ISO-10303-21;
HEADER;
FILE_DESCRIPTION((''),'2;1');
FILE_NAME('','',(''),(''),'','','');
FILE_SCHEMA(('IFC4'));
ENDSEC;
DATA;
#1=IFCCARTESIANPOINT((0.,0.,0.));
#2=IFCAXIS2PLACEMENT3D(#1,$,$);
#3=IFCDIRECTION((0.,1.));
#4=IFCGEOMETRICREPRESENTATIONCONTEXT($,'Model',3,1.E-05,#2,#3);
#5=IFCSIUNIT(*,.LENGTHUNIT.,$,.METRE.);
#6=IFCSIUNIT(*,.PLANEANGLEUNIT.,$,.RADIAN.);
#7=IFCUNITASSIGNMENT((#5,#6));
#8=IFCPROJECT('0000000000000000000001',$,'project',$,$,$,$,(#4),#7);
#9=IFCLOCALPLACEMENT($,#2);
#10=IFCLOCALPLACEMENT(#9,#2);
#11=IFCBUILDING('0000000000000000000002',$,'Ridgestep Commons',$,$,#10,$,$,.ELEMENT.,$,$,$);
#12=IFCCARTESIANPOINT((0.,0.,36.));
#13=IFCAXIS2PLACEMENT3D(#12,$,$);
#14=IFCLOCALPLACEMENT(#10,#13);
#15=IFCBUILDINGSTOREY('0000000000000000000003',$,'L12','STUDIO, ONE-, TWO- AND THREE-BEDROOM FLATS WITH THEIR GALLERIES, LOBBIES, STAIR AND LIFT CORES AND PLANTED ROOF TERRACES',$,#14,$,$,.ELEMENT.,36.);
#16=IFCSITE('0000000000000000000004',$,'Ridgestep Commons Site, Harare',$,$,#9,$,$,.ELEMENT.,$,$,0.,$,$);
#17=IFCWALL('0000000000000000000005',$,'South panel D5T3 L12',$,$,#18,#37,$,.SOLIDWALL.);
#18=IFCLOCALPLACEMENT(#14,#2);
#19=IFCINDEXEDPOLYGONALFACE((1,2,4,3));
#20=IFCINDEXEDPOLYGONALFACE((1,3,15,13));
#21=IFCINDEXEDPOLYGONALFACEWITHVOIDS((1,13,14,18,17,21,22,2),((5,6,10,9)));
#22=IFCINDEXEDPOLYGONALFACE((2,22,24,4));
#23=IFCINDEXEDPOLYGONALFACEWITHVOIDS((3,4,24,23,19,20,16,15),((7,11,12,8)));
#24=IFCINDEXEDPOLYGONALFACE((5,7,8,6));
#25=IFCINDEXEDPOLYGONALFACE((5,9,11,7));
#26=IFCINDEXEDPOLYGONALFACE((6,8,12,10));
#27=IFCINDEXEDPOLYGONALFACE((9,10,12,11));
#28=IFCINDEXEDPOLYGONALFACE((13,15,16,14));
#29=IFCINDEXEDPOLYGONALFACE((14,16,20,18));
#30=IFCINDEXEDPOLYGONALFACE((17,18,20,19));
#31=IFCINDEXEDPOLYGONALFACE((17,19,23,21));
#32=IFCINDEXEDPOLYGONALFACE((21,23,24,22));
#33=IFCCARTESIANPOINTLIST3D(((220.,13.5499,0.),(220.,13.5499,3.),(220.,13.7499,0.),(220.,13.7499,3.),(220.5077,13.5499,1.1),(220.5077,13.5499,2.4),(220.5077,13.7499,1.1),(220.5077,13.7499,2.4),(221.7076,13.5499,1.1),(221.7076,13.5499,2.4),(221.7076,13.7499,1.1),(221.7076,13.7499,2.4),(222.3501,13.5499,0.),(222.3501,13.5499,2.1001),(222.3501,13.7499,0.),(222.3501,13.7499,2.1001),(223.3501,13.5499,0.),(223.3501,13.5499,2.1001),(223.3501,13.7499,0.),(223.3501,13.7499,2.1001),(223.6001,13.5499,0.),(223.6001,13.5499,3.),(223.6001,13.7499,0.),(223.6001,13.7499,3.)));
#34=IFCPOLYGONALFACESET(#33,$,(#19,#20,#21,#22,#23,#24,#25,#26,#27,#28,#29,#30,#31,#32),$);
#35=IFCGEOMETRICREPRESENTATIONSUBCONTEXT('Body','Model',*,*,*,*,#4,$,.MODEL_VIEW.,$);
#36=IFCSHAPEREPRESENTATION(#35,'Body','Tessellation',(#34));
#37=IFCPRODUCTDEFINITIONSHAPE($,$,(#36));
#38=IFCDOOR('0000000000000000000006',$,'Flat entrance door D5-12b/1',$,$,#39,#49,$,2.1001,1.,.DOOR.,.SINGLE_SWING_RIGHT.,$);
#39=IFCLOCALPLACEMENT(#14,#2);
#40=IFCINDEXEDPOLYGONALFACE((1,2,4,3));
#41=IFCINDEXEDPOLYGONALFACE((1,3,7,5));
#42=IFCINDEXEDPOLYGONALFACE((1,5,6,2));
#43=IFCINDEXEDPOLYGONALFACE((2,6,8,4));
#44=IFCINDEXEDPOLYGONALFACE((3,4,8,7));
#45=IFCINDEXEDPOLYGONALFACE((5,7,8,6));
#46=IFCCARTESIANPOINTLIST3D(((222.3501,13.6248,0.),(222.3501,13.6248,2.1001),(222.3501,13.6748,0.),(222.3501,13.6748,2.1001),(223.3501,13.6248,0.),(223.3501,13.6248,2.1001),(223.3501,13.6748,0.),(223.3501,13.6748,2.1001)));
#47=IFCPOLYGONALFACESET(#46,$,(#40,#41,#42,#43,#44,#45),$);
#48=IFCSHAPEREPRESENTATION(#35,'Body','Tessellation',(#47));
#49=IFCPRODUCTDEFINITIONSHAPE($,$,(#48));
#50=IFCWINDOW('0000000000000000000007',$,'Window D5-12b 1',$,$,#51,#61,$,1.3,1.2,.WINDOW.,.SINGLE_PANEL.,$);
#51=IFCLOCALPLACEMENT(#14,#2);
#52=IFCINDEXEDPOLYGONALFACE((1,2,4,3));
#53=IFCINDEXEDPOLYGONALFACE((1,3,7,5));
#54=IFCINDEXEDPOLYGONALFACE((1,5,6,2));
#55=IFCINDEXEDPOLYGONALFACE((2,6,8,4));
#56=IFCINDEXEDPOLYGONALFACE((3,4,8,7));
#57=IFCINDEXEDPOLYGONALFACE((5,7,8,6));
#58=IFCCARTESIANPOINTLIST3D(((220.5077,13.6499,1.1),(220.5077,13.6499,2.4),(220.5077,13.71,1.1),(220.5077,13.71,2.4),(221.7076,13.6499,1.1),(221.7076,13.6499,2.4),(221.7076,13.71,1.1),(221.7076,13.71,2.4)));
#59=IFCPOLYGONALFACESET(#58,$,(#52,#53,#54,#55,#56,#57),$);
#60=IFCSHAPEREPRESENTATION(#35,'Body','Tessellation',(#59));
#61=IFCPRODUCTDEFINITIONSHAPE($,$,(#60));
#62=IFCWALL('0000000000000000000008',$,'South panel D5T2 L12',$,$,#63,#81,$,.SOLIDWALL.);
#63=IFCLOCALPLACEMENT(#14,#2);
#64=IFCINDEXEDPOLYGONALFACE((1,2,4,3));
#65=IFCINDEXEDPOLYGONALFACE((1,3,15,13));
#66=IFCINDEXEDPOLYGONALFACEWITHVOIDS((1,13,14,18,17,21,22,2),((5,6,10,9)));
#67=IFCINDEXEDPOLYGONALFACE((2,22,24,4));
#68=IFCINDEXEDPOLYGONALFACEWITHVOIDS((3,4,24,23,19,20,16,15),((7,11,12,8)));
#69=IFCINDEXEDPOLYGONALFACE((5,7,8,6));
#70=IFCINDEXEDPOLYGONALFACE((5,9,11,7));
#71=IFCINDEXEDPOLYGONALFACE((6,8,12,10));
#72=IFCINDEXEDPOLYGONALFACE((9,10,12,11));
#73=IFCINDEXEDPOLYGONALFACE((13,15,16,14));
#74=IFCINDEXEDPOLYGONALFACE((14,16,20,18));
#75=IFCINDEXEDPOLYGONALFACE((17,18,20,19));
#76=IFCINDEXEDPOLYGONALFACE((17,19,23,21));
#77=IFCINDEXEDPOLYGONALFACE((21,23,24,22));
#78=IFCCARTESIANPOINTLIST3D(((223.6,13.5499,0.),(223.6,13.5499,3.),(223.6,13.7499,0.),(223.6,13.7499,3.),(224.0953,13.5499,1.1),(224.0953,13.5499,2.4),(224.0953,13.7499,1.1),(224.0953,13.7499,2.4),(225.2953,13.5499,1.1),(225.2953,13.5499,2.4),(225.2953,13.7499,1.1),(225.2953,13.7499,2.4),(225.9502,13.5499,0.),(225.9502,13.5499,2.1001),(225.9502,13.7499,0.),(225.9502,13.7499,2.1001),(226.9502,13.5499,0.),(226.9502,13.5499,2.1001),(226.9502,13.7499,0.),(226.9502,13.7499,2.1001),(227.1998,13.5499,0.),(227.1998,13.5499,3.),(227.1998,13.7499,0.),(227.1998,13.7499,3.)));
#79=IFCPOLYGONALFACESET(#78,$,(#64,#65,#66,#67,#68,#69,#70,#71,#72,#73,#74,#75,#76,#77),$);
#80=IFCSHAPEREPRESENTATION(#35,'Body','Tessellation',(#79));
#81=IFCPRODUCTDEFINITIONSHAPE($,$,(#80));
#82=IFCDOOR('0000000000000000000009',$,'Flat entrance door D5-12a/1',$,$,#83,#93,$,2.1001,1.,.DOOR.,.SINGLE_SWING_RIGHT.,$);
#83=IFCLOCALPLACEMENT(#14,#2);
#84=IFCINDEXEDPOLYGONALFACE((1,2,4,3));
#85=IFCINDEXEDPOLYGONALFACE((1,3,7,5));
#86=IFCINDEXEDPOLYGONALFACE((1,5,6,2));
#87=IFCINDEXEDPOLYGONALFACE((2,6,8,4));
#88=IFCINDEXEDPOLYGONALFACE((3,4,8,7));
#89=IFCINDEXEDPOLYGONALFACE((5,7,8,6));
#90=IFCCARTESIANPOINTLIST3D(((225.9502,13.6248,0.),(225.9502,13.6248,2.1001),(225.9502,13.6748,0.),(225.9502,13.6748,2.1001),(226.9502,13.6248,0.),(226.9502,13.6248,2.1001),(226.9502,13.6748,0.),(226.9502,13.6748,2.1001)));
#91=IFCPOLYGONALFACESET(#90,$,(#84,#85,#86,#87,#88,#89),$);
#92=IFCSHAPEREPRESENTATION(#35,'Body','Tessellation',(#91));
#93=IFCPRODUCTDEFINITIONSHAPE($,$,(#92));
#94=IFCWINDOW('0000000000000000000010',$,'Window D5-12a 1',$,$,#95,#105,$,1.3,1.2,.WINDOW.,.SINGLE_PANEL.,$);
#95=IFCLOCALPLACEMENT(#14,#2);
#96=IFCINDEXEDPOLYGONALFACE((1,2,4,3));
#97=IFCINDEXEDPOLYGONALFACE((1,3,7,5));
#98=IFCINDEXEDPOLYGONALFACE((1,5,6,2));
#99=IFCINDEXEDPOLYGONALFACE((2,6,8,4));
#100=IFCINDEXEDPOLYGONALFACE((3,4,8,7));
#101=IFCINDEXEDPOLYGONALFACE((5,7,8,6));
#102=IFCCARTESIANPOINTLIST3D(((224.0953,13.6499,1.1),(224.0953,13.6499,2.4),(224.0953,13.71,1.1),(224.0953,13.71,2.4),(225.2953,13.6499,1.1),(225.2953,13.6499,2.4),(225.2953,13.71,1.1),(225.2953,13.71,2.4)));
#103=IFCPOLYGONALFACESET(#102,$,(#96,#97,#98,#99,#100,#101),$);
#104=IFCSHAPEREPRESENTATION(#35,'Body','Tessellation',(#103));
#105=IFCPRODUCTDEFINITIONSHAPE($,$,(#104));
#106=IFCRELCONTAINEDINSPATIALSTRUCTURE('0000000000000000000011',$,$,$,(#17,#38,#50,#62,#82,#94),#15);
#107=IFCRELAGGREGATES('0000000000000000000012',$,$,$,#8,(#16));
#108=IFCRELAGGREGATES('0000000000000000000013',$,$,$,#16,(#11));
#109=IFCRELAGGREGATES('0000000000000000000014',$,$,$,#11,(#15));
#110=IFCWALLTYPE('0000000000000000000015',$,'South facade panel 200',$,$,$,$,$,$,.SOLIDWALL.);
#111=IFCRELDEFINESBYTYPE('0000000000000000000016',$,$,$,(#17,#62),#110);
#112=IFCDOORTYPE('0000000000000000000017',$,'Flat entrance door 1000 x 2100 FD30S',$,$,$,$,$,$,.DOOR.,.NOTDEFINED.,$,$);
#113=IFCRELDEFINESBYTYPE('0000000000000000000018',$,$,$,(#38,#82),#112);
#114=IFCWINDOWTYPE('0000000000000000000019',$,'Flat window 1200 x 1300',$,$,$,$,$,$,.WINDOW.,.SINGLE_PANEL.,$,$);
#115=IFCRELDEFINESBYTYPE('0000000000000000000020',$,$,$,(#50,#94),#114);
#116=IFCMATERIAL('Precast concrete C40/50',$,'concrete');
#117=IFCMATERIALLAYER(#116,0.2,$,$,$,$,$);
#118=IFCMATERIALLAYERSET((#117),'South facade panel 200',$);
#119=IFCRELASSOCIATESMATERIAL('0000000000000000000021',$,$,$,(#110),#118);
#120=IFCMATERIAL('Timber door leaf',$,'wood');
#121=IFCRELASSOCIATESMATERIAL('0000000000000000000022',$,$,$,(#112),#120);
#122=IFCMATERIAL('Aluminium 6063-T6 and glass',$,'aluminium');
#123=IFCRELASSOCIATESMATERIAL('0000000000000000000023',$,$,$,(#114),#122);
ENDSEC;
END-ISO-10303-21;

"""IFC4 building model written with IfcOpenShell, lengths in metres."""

from ifc_helpers import new_model, si_unit, direction, frame, frame_2d, origin, place, context, subcontext, project, spatial, rectangle, extrude, material, layer, layer_set, type_object, element, fill, save


model = new_model("IFC4")

# Units and contexts
model_context = context("Model", 3, precision=1e-05, world=origin(), true_north=direction((0.0, 1.0)))
body_context = subcontext(model_context, "Body", "Model", "MODEL_VIEW")
ifc_project = project(units=[si_unit("LENGTHUNIT", "METRE"), si_unit("PLANEANGLEUNIT", "RADIAN")], contexts=[model_context])

# Site, building, storey
site_placement = place(None, origin())
site = spatial("IfcSite", under=ifc_project, at=site_placement, Name="Ridgestep Commons Site, Harare", CompositionType="ELEMENT", RefElevation=0.0)
building_placement = place(site_placement, origin())
building = spatial("IfcBuilding", under=site, at=building_placement, Name="Ridgestep Commons", CompositionType="ELEMENT")
storey_placement = place(building_placement, frame((0.0, 0.0, 36.0)))
storey = spatial("IfcBuildingStorey", under=building, at=storey_placement, Name="L12", Description="STUDIO, ONE-, TWO- AND THREE-BEDROOM FLATS WITH THEIR GALLERIES, LOBBIES, STAIR AND LIFT CORES AND PLANTED ROOF TERRACES", CompositionType="ELEMENT", Elevation=36.0)

# Walls, openings, doors, windows
ifc_material_1 = material(Name="Precast concrete C40/50", Category="concrete")
ifc_layer_1 = layer(ifc_material_1, 0.2)
ifc_layer_set_1 = layer_set([ifc_layer_1], Name="South facade panel 200")
wall_type_1 = type_object("IfcWallType", Name="South facade panel 200", PredefinedType="SOLIDWALL", material=ifc_layer_set_1)
wall_1_placement = place(storey_placement, frame((220.0, 13.6499, 0.0), z_axis=(0.0, 0.0, 1.0), x_axis=(1.0, 0.0, 0.0)))
wall_1 = element("IfcWall", 1, at=wall_1_placement, inside=storey, type_object=wall_type_1, Name="South panel D5T3 L12", PredefinedType="SOLIDWALL", context=body_context, shape_type="SweptSolid", body=[
    extrude(rectangle(XDim=3.6001, YDim=0.2, at=frame_2d((1.8, 0.0))), origin(), (0.0, 0.0, 1.0), 3.0),
])
opening_1_placement = place(wall_1_placement, frame((0.5076, 0.0, 1.1001)))
opening_1 = element("IfcOpeningElement", 2, at=opening_1_placement, cuts=wall_1, PredefinedType="OPENING", context=body_context, shape_type="SweptSolid", body=[
    extrude(rectangle(XDim=1.2, YDim=1.3, at=frame_2d((0.6001, 0.6499))), frame((0.0, 0.1099, 0.0), z_axis=(0.0, -1.0, 0.0), x_axis=(1.0, 0.0, 0.0)), (0.0, 0.0, 1.0), 0.22),
])
opening_2_placement = place(wall_1_placement, frame((2.3501, 0.0, 0.0)))
opening_2 = element("IfcOpeningElement", 3, at=opening_2_placement, cuts=wall_1, PredefinedType="OPENING", context=body_context, shape_type="SweptSolid", body=[
    extrude(rectangle(XDim=1.0, YDim=2.1001, at=frame_2d((0.5, 1.05))), frame((0.0, 0.1099, 0.0), z_axis=(0.0, -1.0, 0.0), x_axis=(1.0, 0.0, 0.0)), (0.0, 0.0, 1.0), 0.22),
])
ifc_material_2 = material(Name="Timber door leaf", Category="wood")
door_type_1 = type_object("IfcDoorType", Name="Flat entrance door 1000 x 2100 FD30S", OperationType="NOTDEFINED", PredefinedType="DOOR", material=ifc_material_2)
door_1_placement = place(opening_2_placement, origin())
door_1 = element("IfcDoor", 4, at=door_1_placement, inside=storey, type_object=door_type_1, Name="Flat entrance door D5-12b/1", OperationType="SINGLE_SWING_RIGHT", OverallHeight=2.1001, OverallWidth=1.0, PredefinedType="DOOR", context=body_context, shape_type="SweptSolid", body=[
    extrude(rectangle(XDim=1.0, YDim=2.1001, at=frame_2d((0.5, 1.05))), frame((0.0, 0.0249, 0.0), z_axis=(0.0, -1.0, 0.0), x_axis=(1.0, 0.0, 0.0)), (0.0, 0.0, 1.0), 0.05),
])
fill(opening_2, door_1)
ifc_material_3 = material(Name="Aluminium 6063-T6 and glass", Category="aluminium")
window_type = type_object("IfcWindowType", Name="Flat window 1200 x 1300", PartitioningType="SINGLE_PANEL", PredefinedType="WINDOW", material=ifc_material_3)
window_1_placement = place(opening_1_placement, origin())
window_1 = element("IfcWindow", 5, at=window_1_placement, inside=storey, type_object=window_type, Name="Window D5-12b 1", OverallHeight=1.3, OverallWidth=1.2, PartitioningType="SINGLE_PANEL", PredefinedType="WINDOW", context=body_context, shape_type="SweptSolid", body=[
    extrude(rectangle(XDim=1.2, YDim=1.3, at=frame_2d((0.6001, 0.6499))), frame((0.0, 0.0601, 0.0), z_axis=(0.0, -1.0, 0.0), x_axis=(1.0, 0.0, 0.0)), (0.0, 0.0, 1.0), 0.0601),
])
fill(opening_1, window_1)
wall_2_placement = place(storey_placement, frame((223.6001, 13.6499, 0.0), z_axis=(0.0, 0.0, 1.0), x_axis=(1.0, 0.0, 0.0)))
wall_2 = element("IfcWall", 6, at=wall_2_placement, inside=storey, type_object=wall_type_1, Name="South panel D5T2 L12", PredefinedType="SOLIDWALL", context=body_context, shape_type="SweptSolid", body=[
    extrude(rectangle(XDim=3.5999, YDim=0.2, at=frame_2d((1.7998, 0.0))), origin(), (0.0, 0.0, 1.0), 3.0),
])
opening_3_placement = place(wall_2_placement, frame((0.4951, 0.0, 1.1001)))
opening_3 = element("IfcOpeningElement", 7, at=opening_3_placement, cuts=wall_2, PredefinedType="OPENING", context=body_context, shape_type="SweptSolid", body=[
    extrude(rectangle(XDim=1.2, YDim=1.3, at=frame_2d((0.6001, 0.6499))), frame((0.0, 0.1099, 0.0), z_axis=(0.0, -1.0, 0.0), x_axis=(1.0, 0.0, 0.0)), (0.0, 0.0, 1.0), 0.22),
])
opening_4_placement = place(wall_2_placement, frame((2.3501, 0.0, 0.0)))
opening_4 = element("IfcOpeningElement", 8, at=opening_4_placement, cuts=wall_2, PredefinedType="OPENING", context=body_context, shape_type="SweptSolid", body=[
    extrude(rectangle(XDim=1.0, YDim=2.1001, at=frame_2d((0.5, 1.05))), frame((0.0, 0.1099, 0.0), z_axis=(0.0, -1.0, 0.0), x_axis=(1.0, 0.0, 0.0)), (0.0, 0.0, 1.0), 0.22),
])
door_2_placement = place(opening_4_placement, origin())
door_2 = element("IfcDoor", 9, at=door_2_placement, inside=storey, type_object=door_type_1, Name="Flat entrance door D5-12a/1", OperationType="SINGLE_SWING_RIGHT", OverallHeight=2.1001, OverallWidth=1.0, PredefinedType="DOOR", context=body_context, shape_type="SweptSolid", body=[
    extrude(rectangle(XDim=1.0, YDim=2.1001, at=frame_2d((0.5, 1.05))), frame((0.0, 0.0249, 0.0), z_axis=(0.0, -1.0, 0.0), x_axis=(1.0, 0.0, 0.0)), (0.0, 0.0, 1.0), 0.05),
])
fill(opening_4, door_2)
window_2_placement = place(opening_3_placement, origin())
window_2 = element("IfcWindow", 10, at=window_2_placement, inside=storey, type_object=window_type, Name="Window D5-12a 1", OverallHeight=1.3, OverallWidth=1.2, PartitioningType="SINGLE_PANEL", PredefinedType="WINDOW", context=body_context, shape_type="SweptSolid", body=[
    extrude(rectangle(XDim=1.2, YDim=1.3, at=frame_2d((0.6001, 0.6499))), frame((0.0, 0.0601, 0.0), z_axis=(0.0, -1.0, 0.0), x_axis=(1.0, 0.0, 0.0)), (0.0, 0.0, 1.0), 0.0601),
])
fill(opening_3, window_2)

save(model, "model.ifc")
